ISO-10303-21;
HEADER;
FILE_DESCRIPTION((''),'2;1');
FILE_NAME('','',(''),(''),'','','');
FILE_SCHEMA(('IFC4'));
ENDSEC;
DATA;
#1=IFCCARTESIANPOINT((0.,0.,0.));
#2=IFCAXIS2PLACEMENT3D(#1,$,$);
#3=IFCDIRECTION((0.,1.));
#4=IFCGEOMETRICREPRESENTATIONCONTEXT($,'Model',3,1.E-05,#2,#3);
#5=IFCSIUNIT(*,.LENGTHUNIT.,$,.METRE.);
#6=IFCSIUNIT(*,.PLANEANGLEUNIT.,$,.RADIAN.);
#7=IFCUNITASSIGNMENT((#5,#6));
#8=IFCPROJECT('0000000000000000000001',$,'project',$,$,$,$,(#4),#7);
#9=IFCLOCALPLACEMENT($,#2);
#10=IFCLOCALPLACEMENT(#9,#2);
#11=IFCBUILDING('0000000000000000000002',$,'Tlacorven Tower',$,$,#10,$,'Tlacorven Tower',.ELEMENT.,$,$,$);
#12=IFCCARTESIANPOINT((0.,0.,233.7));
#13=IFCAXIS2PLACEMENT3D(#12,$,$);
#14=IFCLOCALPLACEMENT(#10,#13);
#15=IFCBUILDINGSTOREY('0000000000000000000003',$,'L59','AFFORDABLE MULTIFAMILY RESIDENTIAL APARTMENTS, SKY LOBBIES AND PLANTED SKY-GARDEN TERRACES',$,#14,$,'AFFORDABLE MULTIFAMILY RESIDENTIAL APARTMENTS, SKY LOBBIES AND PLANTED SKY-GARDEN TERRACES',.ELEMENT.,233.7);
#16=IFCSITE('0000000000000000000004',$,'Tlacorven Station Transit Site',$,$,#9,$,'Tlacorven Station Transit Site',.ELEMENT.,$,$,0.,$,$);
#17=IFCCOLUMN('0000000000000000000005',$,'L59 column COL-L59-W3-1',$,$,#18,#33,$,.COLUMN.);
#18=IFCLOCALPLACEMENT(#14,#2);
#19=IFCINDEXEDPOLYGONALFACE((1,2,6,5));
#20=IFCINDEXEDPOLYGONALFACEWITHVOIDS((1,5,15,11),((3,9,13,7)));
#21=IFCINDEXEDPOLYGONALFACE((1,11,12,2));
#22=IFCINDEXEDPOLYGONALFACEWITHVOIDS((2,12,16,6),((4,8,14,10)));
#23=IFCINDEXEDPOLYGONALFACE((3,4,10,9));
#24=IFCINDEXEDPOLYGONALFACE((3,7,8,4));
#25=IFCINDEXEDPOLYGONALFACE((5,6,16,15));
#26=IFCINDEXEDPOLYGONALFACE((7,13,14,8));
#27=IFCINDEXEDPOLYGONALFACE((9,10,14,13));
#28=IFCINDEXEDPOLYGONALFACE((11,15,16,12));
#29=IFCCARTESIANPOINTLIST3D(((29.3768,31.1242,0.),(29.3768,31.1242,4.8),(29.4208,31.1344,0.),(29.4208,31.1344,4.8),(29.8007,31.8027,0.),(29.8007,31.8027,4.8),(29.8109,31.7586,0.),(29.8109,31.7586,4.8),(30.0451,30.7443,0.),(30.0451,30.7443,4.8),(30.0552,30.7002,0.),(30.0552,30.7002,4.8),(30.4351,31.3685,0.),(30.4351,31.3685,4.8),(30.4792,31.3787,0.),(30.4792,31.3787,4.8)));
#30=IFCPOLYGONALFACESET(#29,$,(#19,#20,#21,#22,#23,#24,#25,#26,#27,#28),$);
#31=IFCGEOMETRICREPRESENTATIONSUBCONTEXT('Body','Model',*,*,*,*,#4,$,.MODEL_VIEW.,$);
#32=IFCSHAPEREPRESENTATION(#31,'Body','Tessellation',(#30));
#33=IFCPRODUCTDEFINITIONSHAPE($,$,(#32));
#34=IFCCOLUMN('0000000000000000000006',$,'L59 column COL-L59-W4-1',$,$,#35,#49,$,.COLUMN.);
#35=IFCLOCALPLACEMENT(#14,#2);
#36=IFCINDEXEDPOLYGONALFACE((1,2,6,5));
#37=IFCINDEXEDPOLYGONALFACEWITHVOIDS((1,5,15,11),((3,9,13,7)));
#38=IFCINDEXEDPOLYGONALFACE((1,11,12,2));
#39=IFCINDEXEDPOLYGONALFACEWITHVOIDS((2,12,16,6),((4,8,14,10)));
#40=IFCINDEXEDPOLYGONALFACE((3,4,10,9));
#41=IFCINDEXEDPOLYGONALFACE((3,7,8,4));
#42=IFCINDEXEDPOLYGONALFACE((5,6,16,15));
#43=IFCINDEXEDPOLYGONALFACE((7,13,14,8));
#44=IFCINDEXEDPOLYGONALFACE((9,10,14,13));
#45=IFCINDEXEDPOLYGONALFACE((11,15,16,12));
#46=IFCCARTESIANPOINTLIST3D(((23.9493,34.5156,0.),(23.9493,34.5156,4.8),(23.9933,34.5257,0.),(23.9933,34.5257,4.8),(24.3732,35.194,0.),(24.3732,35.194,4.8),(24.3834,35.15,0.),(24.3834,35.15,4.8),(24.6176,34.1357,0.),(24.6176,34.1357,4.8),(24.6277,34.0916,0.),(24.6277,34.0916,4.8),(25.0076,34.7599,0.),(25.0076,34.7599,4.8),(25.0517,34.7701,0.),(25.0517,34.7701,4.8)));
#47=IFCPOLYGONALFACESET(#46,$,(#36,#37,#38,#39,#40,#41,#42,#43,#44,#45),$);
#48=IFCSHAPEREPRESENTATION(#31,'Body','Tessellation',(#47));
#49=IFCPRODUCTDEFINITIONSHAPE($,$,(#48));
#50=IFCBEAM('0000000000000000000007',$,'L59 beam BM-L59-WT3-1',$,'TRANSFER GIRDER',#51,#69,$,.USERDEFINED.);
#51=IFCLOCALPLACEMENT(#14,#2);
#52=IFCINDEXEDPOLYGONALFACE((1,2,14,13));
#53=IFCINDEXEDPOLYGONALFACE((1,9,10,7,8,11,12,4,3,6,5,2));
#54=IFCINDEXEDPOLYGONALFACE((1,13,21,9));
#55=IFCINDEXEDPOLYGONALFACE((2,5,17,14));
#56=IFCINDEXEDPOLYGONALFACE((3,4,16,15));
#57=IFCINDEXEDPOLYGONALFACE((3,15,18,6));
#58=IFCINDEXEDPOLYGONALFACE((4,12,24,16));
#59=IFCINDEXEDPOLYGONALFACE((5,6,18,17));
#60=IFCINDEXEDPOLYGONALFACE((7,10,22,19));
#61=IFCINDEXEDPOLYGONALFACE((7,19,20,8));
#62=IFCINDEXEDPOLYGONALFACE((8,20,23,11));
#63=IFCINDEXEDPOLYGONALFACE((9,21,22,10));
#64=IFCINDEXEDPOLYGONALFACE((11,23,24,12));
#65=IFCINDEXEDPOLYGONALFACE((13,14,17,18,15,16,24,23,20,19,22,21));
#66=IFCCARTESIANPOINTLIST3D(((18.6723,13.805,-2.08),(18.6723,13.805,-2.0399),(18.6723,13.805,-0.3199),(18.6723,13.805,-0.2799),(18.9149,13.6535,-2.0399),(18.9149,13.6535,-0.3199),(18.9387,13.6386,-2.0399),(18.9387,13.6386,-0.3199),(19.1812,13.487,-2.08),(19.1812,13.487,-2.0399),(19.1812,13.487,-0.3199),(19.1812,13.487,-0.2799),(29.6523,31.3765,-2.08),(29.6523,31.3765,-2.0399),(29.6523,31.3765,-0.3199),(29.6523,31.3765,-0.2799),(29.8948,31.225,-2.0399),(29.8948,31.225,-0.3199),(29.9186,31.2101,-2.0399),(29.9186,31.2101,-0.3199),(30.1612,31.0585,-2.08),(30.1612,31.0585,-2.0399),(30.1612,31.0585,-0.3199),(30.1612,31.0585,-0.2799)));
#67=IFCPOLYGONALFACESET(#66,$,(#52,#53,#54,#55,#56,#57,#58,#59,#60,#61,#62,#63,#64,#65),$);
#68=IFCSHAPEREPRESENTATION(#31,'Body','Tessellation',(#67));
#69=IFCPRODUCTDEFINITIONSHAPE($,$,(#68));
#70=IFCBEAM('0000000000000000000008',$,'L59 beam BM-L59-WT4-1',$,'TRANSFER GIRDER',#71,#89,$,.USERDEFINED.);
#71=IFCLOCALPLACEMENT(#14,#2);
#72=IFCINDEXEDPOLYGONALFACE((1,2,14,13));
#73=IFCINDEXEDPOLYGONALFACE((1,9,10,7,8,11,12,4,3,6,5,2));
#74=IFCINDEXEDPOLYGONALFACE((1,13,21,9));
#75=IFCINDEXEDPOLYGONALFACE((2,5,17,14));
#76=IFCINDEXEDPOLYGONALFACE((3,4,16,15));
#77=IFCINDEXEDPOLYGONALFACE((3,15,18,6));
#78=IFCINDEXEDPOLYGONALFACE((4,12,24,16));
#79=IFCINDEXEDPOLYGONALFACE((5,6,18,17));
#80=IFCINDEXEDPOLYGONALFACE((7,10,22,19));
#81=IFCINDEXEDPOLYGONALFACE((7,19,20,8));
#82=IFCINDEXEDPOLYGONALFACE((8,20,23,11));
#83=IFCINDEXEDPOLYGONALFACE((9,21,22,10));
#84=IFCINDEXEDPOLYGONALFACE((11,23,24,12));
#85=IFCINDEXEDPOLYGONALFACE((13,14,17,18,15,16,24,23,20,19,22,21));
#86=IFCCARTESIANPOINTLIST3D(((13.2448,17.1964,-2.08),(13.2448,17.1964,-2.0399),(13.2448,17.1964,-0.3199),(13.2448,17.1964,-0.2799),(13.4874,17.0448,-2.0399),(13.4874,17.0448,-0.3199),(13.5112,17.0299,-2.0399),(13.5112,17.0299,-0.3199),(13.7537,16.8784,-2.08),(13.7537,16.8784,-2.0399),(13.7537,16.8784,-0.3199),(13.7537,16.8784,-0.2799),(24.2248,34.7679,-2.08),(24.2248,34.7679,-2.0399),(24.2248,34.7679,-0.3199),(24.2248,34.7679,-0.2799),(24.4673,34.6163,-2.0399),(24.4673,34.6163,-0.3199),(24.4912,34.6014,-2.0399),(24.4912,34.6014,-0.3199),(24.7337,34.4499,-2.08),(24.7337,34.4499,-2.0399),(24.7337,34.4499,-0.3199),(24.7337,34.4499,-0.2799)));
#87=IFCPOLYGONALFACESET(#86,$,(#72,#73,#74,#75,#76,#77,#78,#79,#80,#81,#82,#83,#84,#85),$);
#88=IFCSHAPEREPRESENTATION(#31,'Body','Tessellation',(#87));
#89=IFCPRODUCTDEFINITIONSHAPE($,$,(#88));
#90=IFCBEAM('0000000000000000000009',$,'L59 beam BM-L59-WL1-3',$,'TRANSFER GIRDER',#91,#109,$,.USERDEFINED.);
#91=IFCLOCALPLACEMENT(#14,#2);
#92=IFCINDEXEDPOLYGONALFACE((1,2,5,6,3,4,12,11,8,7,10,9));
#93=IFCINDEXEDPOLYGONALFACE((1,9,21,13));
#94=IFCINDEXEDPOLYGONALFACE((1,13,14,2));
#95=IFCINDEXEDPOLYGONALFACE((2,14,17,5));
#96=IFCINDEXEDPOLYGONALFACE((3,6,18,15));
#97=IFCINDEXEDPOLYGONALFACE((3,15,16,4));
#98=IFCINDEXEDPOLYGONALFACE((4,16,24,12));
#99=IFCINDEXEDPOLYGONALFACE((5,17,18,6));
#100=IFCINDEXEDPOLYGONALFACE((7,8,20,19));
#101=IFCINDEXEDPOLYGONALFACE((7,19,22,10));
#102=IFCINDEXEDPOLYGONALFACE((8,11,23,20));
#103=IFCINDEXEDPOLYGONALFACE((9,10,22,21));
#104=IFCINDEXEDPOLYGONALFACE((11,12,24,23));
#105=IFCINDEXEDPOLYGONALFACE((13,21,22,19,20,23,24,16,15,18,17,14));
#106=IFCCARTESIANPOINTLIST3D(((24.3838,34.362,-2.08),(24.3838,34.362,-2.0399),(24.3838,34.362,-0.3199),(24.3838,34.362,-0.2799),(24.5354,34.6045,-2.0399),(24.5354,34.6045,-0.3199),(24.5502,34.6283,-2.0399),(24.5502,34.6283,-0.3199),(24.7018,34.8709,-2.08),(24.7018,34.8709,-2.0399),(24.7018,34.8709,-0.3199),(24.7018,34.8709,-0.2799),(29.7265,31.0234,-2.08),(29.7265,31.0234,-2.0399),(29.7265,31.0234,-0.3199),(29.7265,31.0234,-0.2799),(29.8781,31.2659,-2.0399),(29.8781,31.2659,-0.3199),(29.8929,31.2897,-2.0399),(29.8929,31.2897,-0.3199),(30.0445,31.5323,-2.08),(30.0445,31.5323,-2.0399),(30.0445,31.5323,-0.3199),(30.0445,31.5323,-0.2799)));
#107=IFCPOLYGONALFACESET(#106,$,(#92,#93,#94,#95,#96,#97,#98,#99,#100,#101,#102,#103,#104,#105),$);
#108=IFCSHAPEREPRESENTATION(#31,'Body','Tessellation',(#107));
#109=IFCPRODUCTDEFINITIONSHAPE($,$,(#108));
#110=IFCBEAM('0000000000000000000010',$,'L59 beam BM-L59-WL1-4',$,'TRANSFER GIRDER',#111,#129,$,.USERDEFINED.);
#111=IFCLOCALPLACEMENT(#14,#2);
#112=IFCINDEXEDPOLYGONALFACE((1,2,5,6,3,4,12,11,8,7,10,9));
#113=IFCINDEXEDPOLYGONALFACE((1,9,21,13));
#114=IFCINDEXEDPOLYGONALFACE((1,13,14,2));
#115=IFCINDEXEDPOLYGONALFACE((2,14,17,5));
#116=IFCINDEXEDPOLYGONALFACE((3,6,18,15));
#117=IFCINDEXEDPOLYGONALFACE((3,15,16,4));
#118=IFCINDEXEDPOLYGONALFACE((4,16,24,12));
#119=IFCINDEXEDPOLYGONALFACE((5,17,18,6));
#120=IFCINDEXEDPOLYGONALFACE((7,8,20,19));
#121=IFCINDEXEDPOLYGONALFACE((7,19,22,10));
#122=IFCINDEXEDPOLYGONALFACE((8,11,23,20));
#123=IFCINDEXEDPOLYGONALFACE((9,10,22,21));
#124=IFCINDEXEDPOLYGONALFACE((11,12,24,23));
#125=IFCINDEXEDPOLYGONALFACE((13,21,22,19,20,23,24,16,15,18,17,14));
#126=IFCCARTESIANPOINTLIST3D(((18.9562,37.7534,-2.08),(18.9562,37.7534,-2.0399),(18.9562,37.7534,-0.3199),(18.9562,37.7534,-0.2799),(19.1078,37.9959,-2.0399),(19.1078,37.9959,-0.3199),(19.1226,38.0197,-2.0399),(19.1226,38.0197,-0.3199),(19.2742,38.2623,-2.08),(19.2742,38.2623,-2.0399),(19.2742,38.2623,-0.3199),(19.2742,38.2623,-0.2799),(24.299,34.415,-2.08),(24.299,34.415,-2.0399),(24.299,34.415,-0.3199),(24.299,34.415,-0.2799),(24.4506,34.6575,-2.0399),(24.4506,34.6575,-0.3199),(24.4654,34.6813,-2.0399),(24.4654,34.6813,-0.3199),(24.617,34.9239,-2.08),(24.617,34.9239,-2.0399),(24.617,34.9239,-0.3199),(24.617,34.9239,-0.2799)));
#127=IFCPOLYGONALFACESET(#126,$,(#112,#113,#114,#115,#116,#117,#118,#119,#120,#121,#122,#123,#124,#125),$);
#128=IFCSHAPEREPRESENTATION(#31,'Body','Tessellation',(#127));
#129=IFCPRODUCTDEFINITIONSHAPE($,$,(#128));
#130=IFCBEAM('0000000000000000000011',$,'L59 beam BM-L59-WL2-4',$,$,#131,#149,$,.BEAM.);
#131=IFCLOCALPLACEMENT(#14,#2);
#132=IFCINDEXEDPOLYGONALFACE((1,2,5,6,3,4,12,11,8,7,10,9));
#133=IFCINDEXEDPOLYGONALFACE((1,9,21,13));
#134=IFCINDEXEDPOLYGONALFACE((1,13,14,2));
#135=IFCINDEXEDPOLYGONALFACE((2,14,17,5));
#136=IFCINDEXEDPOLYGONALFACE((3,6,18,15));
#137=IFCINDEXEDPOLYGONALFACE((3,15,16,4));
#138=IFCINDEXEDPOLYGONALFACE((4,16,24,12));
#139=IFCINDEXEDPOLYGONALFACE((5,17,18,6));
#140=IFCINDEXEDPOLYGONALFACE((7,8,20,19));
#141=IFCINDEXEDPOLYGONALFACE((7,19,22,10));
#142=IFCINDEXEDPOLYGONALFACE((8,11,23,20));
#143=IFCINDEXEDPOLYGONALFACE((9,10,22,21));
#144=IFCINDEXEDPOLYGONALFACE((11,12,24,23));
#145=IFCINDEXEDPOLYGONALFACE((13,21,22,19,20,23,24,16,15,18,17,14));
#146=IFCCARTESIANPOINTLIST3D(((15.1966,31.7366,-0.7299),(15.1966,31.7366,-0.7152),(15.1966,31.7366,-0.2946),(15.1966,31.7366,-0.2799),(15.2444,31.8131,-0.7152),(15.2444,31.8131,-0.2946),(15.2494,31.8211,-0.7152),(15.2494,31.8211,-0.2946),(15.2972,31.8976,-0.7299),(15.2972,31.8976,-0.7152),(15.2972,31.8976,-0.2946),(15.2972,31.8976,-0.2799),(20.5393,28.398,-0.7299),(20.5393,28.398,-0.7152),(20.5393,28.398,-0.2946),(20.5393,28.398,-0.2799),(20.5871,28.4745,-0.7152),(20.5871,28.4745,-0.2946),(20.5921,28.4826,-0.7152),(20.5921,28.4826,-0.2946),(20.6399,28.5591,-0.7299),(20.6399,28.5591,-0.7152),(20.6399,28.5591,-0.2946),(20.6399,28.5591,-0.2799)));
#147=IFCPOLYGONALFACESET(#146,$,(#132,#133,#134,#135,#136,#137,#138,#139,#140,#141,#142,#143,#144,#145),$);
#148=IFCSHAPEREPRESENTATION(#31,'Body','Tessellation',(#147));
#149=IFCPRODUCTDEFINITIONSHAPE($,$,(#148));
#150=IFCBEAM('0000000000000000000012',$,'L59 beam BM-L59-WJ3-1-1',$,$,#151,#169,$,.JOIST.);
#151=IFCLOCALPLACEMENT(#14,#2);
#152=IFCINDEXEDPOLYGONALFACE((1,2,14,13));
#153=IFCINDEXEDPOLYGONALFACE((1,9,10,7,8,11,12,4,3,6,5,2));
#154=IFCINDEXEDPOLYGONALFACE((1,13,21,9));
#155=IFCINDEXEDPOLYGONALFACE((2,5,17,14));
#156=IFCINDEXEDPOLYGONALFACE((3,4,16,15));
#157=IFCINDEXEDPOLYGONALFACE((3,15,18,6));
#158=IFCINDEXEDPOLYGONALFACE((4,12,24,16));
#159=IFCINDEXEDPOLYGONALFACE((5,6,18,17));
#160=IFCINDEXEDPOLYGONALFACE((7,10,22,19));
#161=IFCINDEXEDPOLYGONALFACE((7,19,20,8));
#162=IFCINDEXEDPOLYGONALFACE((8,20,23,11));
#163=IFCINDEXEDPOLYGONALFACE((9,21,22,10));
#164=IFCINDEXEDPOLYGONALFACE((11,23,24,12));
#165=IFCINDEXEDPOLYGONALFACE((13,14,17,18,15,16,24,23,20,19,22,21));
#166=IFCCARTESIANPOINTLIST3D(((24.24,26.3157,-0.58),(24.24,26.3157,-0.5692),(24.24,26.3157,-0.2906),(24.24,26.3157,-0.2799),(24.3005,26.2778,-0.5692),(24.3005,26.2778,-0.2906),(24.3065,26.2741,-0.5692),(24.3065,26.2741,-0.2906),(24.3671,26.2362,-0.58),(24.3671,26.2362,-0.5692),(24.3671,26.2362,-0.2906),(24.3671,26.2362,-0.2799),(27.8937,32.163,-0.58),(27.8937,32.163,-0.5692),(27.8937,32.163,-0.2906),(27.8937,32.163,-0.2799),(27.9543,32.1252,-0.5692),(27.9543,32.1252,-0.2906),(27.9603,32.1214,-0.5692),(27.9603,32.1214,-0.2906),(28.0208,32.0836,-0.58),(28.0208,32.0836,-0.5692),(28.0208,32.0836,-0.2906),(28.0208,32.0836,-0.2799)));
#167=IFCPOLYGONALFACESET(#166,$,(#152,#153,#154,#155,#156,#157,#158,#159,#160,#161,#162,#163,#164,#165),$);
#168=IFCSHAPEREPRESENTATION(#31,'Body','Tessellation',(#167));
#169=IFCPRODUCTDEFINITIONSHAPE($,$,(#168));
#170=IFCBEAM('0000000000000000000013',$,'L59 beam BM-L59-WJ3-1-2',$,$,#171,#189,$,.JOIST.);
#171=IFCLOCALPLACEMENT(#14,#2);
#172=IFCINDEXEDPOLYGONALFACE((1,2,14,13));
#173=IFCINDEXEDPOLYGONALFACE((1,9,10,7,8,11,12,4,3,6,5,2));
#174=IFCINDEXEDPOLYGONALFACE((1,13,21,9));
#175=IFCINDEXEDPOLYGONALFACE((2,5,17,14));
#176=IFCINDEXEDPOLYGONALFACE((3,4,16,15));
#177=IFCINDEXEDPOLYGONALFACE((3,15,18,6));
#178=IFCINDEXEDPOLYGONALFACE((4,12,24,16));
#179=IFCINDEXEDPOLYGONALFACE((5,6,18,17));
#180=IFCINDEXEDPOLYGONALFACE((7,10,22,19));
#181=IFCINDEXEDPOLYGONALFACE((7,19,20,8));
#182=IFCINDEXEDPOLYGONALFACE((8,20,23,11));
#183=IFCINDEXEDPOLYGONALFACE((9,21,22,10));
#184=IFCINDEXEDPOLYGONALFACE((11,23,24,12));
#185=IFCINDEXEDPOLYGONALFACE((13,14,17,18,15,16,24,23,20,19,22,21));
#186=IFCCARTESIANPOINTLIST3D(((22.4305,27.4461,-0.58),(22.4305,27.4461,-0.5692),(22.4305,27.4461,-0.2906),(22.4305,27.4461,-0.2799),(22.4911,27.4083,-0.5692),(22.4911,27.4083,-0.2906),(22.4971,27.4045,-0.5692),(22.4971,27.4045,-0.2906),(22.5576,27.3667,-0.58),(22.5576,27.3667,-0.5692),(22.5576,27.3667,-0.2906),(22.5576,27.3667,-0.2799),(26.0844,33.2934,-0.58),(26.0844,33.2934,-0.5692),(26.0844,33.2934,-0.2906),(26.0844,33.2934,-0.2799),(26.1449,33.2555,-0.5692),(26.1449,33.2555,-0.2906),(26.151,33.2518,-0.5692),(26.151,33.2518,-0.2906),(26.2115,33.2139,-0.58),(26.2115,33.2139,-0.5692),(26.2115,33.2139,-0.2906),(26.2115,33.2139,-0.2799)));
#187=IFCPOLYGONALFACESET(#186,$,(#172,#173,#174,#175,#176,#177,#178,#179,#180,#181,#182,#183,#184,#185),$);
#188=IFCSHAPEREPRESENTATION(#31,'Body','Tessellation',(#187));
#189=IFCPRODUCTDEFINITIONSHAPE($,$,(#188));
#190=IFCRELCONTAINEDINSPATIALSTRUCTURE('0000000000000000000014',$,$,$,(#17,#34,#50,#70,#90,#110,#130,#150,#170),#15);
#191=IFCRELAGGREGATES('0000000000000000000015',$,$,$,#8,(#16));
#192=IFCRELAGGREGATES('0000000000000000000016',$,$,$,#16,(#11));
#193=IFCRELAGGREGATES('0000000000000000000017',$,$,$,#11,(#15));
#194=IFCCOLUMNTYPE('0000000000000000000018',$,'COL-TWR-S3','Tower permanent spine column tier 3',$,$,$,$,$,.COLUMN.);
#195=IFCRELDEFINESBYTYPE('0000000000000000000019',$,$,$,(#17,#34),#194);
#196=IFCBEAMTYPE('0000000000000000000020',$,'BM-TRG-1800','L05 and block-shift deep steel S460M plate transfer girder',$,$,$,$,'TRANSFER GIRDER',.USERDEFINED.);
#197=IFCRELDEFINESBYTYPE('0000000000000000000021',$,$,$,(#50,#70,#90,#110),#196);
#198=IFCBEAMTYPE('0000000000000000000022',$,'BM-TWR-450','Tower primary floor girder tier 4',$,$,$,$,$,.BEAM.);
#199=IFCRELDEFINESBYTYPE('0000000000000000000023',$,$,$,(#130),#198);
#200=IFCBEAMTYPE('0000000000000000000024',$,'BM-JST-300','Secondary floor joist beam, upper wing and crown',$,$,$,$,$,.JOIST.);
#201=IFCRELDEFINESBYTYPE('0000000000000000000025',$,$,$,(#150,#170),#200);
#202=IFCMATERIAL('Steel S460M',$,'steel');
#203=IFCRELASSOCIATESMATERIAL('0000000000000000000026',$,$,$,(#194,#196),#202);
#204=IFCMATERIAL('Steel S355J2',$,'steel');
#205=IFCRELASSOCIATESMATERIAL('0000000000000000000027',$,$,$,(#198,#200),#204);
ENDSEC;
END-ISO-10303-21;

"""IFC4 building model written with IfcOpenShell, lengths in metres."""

from ifc_helpers import new_model, si_unit, direction, frame, origin, origin_2d, place, context, subcontext, project, spatial, hollow_rectangle, i_section, extrude, source, transform, mapped, material, material_profile, profile_set, type_object, element, save


model = new_model("IFC4")

# Units and contexts
model_context = context("Model", 3, precision=1e-05, world=origin(), true_north=direction((0.0, 1.0)))
body_context = subcontext(model_context, "Body", "Model", "MODEL_VIEW")
ifc_project = project(units=[si_unit("LENGTHUNIT", "METRE"), si_unit("PLANEANGLEUNIT", "RADIAN")], contexts=[model_context])

# Site, building, storey
site_placement = place(None, origin())
site = spatial("IfcSite", under=ifc_project, at=site_placement, Name="Tlacorven Station Transit Site", LongName="Tlacorven Station Transit Site", CompositionType="ELEMENT", RefElevation=0.0)
building_placement = place(site_placement, origin())
building = spatial("IfcBuilding", under=site, at=building_placement, Name="Tlacorven Tower", LongName="Tlacorven Tower", CompositionType="ELEMENT")
storey_placement = place(building_placement, frame((0.0, 0.0, 233.7)))
storey = spatial("IfcBuildingStorey", under=building, at=storey_placement, Name="L59", Description="AFFORDABLE MULTIFAMILY RESIDENTIAL APARTMENTS, SKY LOBBIES AND PLANTED SKY-GARDEN TERRACES", LongName="AFFORDABLE MULTIFAMILY RESIDENTIAL APARTMENTS, SKY LOBBIES AND PLANTED SKY-GARDEN TERRACES", CompositionType="ELEMENT", Elevation=233.7)

# Columns
ifc_material_1 = material(Name="Steel S460M", Category="steel")
ifc_material_profile_1 = material_profile(ifc_material_1, hollow_rectangle(XDim=0.8, YDim=0.8, WallThickness=0.032, at=origin_2d()), Name="BOX 800X800X32")
ifc_profile_set_1 = profile_set([ifc_material_profile_1], Name="Steel S460M")
column_type = type_object("IfcColumnType", Name="COL-TWR-S3", Description="Tower permanent spine column tier 3", PredefinedType="COLUMN", material=ifc_profile_set_1)
shared_shape_1 = source(origin(), body_context, "Body", "SweptSolid", [
    extrude(hollow_rectangle(XDim=0.8, YDim=0.8, WallThickness=0.032, at=origin_2d()), origin(), (0.0, 0.0, 1.0), 4.8),
])
for number, where, z_axis, x_axis, name in (
    (1, (29.928, 31.2515, 0.0), (0.0, 0.0, 1.0), (-0.848048, 0.529919, 0.0), "L59 column COL-L59-W3-1"),
    (2, (24.5005, 34.6428, 0.0), (0.0, 0.0, 1.0), (-0.848048, 0.529919, 0.0), "L59 column COL-L59-W4-1"),
):
    element("IfcColumn", number, at=place(storey_placement, frame(where, z_axis=z_axis, x_axis=x_axis)), inside=storey, type_object=column_type, Name=name, PredefinedType="COLUMN", context=body_context, shape_type="MappedRepresentation", body=[
        mapped(shared_shape_1, transform((0.0, 0.0, 0.0), scale=1.0)),
    ])

# Beams
ifc_material_profile_2 = material_profile(ifc_material_1, i_section(OverallWidth=0.6001, OverallDepth=1.8, WebThickness=0.0281, FlangeThickness=0.04, at=origin_2d()), Name="PG 1800X600X28X40")
ifc_profile_set_2 = profile_set([ifc_material_profile_2], Name="Steel S460M")
beam_type_1 = type_object("IfcBeamType", Name="BM-TRG-1800", Description="L05 and block-shift deep steel S460M plate transfer girder", ElementType="TRANSFER GIRDER", PredefinedType="USERDEFINED", material=ifc_profile_set_2)
shared_shape_2 = source(origin(), body_context, "Body", "SweptSolid", [
    extrude(i_section(OverallWidth=0.6001, OverallDepth=1.8, WebThickness=0.0281, FlangeThickness=0.04, at=origin_2d()), origin(), (0.0, 0.0, 1.0), 20.72),
])
for number, where, z_axis, x_axis, name in (
    (3, (29.9067, 31.2175, -1.1799), (-0.529922, -0.848047, 0.0), (0.848047, -0.529922, 0.0), "L59 beam BM-L59-WT3-1"),
    (4, (24.4792, 34.6089, -1.1799), (-0.529922, -0.848047, 0.0), (0.848047, -0.529922, 0.0), "L59 beam BM-L59-WT4-1"),
):
    element("IfcBeam", number, at=place(storey_placement, frame(where, z_axis=z_axis, x_axis=x_axis)), inside=storey, type_object=beam_type_1, Name=name, ObjectType="TRANSFER GIRDER", PredefinedType="USERDEFINED", context=body_context, shape_type="MappedRepresentation", body=[
        mapped(shared_shape_2, transform((0.0, 0.0, 0.0), scale=1.0)),
    ])
shared_shape_3 = source(origin(), body_context, "Body", "SweptSolid", [
    extrude(i_section(OverallWidth=0.6001, OverallDepth=1.8, WebThickness=0.0281, FlangeThickness=0.04, at=origin_2d()), origin(), (0.0, 0.0, 1.0), 6.3),
])
for number, where, z_axis, x_axis, name in (
    (5, (29.8855, 31.2778, -1.1799), (-0.848042, 0.529929, 0.0), (-0.529929, -0.848042, 0.0), "L59 beam BM-L59-WL1-3"),
    (6, (24.458, 34.6694, -1.1799), (-0.848059, 0.529901, 0.0), (-0.529901, -0.848059, 0.0), "L59 beam BM-L59-WL1-4"),
):
    element("IfcBeam", number, at=place(storey_placement, frame(where, z_axis=z_axis, x_axis=x_axis)), inside=storey, type_object=beam_type_1, Name=name, ObjectType="TRANSFER GIRDER", PredefinedType="USERDEFINED", context=body_context, shape_type="MappedRepresentation", body=[
        mapped(shared_shape_3, transform((0.0, 0.0, 0.0), scale=1.0)),
    ])
ifc_material_2 = material(Name="Steel S355J2", Category="steel")
ifc_material_profile_3 = material_profile(ifc_material_2, i_section(OverallWidth=0.1899, OverallDepth=0.45, WebThickness=0.0095, FlangeThickness=0.0146, at=origin_2d()), Name="IPE 450")
ifc_profile_set_3 = profile_set([ifc_material_profile_3], Name="Steel S355J2")
beam_type_2 = type_object("IfcBeamType", Name="BM-TWR-450", Description="Tower primary floor girder tier 4", PredefinedType="BEAM", material=ifc_profile_set_3)
shared_shape_4 = source(origin(), body_context, "Body", "SweptSolid", [
    extrude(i_section(OverallWidth=0.1899, OverallDepth=0.45, WebThickness=0.0095, FlangeThickness=0.0146, at=origin_2d()), origin(), (0.0, 0.0, 1.0), 6.3),
])
beam_placement = place(storey_placement, frame((20.5896, 28.4785, -0.5049), z_axis=(-0.848042, 0.529929, 0.0), x_axis=(-0.529929, -0.848042, 0.0)))
element("IfcBeam", 7, at=beam_placement, inside=storey, type_object=beam_type_2, Name="L59 beam BM-L59-WL2-4", PredefinedType="BEAM", context=body_context, shape_type="MappedRepresentation", body=[
    mapped(shared_shape_4, transform((0.0, 0.0, 0.0), scale=1.0)),
])
ifc_material_profile_4 = material_profile(ifc_material_2, i_section(OverallWidth=0.1499, OverallDepth=0.3, WebThickness=0.0071, FlangeThickness=0.0107, at=origin_2d()), Name="IPE 300")
ifc_profile_set_4 = profile_set([ifc_material_profile_4], Name="Steel S355J2")
beam_type_3 = type_object("IfcBeamType", Name="BM-JST-300", Description="Secondary floor joist beam, upper wing and crown", PredefinedType="JOIST", material=ifc_profile_set_4)
shared_shape_5 = source(origin(), body_context, "Body", "SweptSolid", [
    extrude(i_section(OverallWidth=0.1499, OverallDepth=0.3, WebThickness=0.0071, FlangeThickness=0.0107, at=origin_2d()), origin(), (0.0, 0.0, 1.0), 6.895),
])
for number, where, z_axis, x_axis, name in (
    (8, (27.9573, 32.1233, -0.4299), (-0.529913, -0.848052, 0.0), (0.848052, -0.529913, 0.0), "L59 beam BM-L59-WJ3-1-1"),
    (9, (26.1479, 33.2537, -0.4299), (-0.529929, -0.848042, 0.0), (0.848042, -0.529929, 0.0), "L59 beam BM-L59-WJ3-1-2"),
):
    element("IfcBeam", number, at=place(storey_placement, frame(where, z_axis=z_axis, x_axis=x_axis)), inside=storey, type_object=beam_type_3, Name=name, PredefinedType="JOIST", context=body_context, shape_type="MappedRepresentation", body=[
        mapped(shared_shape_5, transform((0.0, 0.0, 0.0), scale=1.0)),
    ])

save(model, "model.ifc")
